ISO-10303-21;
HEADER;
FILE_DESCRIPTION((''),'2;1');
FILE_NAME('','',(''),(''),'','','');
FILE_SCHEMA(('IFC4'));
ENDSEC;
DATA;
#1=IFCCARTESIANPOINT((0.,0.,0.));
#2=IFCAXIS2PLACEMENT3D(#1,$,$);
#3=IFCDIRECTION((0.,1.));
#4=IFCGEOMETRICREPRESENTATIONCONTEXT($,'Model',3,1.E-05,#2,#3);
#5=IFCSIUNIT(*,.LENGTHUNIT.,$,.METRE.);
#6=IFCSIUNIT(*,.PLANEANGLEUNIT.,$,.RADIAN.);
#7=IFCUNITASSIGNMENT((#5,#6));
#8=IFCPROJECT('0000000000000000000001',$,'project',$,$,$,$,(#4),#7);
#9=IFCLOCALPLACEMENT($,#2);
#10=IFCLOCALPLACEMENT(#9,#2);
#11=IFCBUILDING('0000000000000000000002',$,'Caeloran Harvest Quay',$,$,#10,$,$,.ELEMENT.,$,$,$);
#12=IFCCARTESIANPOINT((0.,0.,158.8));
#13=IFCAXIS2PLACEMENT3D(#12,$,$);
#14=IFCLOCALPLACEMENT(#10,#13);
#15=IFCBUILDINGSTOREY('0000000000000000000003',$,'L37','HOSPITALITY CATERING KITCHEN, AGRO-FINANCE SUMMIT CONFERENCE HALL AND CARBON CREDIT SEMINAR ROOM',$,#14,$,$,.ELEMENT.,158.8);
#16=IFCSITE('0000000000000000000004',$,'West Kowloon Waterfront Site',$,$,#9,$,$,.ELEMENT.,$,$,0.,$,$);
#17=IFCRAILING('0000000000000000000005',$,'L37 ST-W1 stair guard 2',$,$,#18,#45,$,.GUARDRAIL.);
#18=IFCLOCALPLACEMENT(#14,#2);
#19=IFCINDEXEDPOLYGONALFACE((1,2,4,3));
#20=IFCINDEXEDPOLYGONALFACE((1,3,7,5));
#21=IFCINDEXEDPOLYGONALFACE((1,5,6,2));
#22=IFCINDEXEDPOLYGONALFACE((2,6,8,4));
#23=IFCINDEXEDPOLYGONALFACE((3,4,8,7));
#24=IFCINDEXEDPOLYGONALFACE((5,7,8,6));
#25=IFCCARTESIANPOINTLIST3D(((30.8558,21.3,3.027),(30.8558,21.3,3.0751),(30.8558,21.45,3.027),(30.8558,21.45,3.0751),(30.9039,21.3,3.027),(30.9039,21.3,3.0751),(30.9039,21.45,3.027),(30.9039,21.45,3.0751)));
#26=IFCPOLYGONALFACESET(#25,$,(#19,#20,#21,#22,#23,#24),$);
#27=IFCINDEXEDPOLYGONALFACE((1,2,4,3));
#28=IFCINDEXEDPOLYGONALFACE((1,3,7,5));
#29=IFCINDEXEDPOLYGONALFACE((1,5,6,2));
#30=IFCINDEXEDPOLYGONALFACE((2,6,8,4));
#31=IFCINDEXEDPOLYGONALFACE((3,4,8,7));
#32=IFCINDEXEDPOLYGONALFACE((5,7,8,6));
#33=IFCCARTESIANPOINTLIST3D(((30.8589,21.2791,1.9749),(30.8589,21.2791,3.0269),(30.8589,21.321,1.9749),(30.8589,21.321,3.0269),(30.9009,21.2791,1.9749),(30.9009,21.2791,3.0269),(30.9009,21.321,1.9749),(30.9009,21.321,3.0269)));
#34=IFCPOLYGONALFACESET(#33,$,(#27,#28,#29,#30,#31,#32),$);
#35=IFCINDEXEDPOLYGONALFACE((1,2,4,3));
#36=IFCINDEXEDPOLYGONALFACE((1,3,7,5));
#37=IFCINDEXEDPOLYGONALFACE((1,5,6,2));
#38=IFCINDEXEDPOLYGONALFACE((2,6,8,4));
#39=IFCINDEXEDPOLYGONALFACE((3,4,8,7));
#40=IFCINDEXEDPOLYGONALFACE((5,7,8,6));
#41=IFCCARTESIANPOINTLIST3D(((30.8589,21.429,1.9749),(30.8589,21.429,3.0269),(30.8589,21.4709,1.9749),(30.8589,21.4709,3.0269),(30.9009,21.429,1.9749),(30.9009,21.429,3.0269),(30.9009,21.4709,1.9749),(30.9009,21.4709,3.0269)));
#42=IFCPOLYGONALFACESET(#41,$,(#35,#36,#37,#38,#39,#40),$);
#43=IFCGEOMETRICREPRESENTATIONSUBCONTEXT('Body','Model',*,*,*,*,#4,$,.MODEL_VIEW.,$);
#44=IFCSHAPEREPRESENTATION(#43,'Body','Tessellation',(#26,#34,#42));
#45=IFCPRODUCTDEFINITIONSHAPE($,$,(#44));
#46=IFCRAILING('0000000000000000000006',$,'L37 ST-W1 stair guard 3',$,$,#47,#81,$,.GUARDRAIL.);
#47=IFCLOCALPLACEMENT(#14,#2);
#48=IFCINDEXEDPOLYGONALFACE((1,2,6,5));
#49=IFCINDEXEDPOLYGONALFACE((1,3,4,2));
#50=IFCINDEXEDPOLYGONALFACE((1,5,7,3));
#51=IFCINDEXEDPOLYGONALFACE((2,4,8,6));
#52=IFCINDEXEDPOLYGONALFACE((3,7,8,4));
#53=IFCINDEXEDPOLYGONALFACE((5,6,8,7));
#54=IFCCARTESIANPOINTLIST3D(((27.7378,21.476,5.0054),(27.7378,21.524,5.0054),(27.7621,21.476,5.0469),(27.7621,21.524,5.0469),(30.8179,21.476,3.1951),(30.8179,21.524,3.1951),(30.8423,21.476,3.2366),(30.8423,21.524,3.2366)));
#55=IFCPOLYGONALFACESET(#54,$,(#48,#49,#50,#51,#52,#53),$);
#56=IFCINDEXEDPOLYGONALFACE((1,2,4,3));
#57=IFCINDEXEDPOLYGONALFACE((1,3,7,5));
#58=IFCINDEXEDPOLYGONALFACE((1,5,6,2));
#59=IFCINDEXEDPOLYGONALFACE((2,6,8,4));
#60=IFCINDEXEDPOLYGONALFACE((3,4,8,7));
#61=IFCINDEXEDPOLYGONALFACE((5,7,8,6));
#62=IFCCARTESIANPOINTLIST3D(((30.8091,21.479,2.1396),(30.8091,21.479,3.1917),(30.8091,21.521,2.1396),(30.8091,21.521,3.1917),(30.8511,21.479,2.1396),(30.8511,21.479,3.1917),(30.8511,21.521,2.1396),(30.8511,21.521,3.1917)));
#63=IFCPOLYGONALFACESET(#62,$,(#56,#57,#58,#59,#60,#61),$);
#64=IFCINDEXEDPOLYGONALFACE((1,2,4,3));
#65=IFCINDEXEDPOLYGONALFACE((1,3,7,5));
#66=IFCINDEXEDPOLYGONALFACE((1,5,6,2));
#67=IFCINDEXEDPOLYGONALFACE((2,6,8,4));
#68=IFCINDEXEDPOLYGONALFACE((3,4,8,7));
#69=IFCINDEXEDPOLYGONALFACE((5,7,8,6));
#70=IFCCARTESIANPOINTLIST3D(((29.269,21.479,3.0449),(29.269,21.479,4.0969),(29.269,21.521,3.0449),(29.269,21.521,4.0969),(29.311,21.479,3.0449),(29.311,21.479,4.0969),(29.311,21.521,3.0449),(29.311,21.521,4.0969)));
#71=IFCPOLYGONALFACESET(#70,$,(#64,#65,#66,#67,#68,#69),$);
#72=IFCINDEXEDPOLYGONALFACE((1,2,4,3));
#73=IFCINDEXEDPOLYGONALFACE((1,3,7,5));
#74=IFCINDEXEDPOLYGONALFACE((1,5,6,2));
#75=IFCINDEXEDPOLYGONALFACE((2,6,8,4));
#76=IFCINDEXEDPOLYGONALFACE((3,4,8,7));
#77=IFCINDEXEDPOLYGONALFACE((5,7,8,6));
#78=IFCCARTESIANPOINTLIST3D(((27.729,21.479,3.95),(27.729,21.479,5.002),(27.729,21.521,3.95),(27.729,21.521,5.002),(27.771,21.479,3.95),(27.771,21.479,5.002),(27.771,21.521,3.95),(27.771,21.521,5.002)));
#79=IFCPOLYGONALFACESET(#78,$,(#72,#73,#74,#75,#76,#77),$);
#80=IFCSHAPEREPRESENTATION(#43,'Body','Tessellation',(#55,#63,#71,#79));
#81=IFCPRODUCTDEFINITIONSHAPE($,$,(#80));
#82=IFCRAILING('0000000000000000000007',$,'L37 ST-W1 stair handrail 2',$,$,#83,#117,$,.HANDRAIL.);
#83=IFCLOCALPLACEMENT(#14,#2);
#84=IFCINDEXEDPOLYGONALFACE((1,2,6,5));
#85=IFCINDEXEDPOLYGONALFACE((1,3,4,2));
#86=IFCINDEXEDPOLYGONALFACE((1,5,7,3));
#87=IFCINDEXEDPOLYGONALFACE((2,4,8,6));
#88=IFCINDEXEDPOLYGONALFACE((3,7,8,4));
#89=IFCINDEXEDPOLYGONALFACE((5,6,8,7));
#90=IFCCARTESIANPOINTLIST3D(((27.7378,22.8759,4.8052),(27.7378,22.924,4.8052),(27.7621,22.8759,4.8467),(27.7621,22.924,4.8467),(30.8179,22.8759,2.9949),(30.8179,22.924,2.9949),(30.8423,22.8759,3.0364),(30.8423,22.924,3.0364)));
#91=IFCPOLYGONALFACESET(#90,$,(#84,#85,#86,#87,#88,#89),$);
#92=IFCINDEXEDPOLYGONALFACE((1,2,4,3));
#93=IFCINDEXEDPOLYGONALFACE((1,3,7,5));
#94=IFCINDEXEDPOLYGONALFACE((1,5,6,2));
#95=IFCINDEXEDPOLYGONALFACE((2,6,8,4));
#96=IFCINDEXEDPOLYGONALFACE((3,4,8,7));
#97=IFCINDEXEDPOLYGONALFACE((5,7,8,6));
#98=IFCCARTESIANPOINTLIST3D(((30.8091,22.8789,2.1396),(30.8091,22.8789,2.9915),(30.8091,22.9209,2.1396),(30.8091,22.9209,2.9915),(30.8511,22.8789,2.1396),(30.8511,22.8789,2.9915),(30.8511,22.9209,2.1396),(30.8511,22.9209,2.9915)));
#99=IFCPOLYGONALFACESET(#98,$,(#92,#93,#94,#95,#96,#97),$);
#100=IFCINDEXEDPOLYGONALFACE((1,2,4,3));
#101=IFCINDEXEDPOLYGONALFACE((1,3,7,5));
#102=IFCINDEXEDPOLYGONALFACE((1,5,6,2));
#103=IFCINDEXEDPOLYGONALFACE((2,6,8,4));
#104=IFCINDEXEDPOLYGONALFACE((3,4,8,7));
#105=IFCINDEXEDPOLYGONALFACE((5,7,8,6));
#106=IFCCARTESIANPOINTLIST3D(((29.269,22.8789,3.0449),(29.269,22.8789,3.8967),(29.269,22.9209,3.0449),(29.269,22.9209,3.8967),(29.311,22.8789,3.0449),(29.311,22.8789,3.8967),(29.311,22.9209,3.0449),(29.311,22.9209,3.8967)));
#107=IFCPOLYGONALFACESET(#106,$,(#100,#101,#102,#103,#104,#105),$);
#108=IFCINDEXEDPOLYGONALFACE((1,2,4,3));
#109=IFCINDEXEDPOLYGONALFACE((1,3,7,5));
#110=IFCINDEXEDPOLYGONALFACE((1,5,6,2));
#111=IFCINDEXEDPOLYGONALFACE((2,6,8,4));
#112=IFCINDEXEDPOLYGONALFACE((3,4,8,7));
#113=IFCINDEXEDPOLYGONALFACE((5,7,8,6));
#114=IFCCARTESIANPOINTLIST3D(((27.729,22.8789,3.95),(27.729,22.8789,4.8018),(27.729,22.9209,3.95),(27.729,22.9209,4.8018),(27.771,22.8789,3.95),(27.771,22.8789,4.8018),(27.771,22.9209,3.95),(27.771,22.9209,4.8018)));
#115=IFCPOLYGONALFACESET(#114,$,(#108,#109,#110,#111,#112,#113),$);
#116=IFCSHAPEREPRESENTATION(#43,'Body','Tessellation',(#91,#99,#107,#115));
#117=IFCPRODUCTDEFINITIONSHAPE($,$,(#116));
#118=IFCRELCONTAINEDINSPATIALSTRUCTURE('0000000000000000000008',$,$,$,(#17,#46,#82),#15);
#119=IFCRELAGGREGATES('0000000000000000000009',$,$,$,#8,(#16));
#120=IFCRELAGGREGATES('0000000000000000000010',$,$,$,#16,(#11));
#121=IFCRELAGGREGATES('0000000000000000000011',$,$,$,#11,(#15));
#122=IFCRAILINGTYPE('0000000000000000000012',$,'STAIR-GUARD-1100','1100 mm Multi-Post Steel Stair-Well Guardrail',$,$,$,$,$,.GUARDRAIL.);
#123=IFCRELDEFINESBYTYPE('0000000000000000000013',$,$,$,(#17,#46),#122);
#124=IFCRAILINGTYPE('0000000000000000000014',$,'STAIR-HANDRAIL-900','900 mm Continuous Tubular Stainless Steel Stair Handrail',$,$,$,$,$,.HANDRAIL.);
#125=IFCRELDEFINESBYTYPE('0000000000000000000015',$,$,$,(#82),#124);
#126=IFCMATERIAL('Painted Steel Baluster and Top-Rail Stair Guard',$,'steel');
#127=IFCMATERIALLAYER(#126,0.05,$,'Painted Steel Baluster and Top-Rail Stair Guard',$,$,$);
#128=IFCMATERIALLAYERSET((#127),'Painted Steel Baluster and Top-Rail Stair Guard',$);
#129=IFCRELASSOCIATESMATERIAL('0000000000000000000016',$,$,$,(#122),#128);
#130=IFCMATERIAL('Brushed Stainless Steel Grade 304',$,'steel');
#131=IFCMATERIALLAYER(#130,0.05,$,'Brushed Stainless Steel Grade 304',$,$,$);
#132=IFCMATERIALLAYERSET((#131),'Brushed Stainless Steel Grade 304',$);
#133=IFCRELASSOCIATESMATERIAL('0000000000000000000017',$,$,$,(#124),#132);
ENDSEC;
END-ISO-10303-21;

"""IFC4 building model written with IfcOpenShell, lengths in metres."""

from ifc_helpers import new_model, si_unit, direction, frame, origin, origin_2d, place, context, subcontext, project, spatial, rectangle, extrude, material, layer, layer_set, type_object, element, save


model = new_model("IFC4")

# Units and contexts
model_context = context("Model", 3, precision=1e-05, world=origin(), true_north=direction((0.0, 1.0)))
body_context = subcontext(model_context, "Body", "Model", "MODEL_VIEW")
ifc_project = project(units=[si_unit("LENGTHUNIT", "METRE"), si_unit("PLANEANGLEUNIT", "RADIAN")], contexts=[model_context])

# Site, building, storey
site_placement = place(None, origin())
site = spatial("IfcSite", under=ifc_project, at=site_placement, Name="West Kowloon Waterfront Site", CompositionType="ELEMENT", RefElevation=0.0)
building_placement = place(site_placement, origin())
building = spatial("IfcBuilding", under=site, at=building_placement, Name="Caeloran Harvest Quay", CompositionType="ELEMENT")
storey_placement = place(building_placement, frame((0.0, 0.0, 158.8)))
storey = spatial("IfcBuildingStorey", under=building, at=storey_placement, Name="L37", Description="HOSPITALITY CATERING KITCHEN, AGRO-FINANCE SUMMIT CONFERENCE HALL AND CARBON CREDIT SEMINAR ROOM", CompositionType="ELEMENT", Elevation=158.8)

# Railings
ifc_material_1 = material(Name="Painted Steel Baluster and Top-Rail Stair Guard", Category="steel")
ifc_layer_1 = layer(ifc_material_1, 0.05, Name="Painted Steel Baluster and Top-Rail Stair Guard")
ifc_layer_set_1 = layer_set([ifc_layer_1], Name="Painted Steel Baluster and Top-Rail Stair Guard")
railing_type_1 = type_object("IfcRailingType", Name="STAIR-GUARD-1100", Description="1100 mm Multi-Post Steel Stair-Well Guardrail", PredefinedType="GUARDRAIL", material=ifc_layer_set_1)
railing_1_placement = place(storey_placement, frame((30.8799, 21.3, 1.9749)))
element("IfcRailing", 1, at=railing_1_placement, inside=storey, type_object=railing_type_1, Name="L37 ST-W1 stair guard 2", PredefinedType="GUARDRAIL", context=body_context, shape_type="SweptSolid", body=[
    extrude(rectangle(XDim=0.0481, YDim=0.0481, at=origin_2d()), frame((0.0, 0.0, 1.0762), z_axis=(0.0, 1.0, 0.0), x_axis=(-1.0, 0.0, 0.0)), (0.0, 0.0, 1.0), 0.1499),
    extrude(rectangle(XDim=0.042, YDim=0.042, at=origin_2d()), origin(), (0.0, 0.0, 1.0), 1.052),
    extrude(rectangle(XDim=0.042, YDim=0.042, at=origin_2d()), frame((0.0, 0.1499, 0.0)), (0.0, 0.0, 1.0), 1.052),
])
railing_2_placement = place(storey_placement, frame((30.8301, 21.5, 2.1396)))
element("IfcRailing", 2, at=railing_2_placement, inside=storey, type_object=railing_type_1, Name="L37 ST-W1 stair guard 3", PredefinedType="GUARDRAIL", context=body_context, shape_type="SweptSolid", body=[
    extrude(rectangle(XDim=0.0481, YDim=0.0481, at=origin_2d()), frame((0.0, 0.0, 1.0762), z_axis=(-0.862119, 0.0, 0.506707), x_axis=(0.0, -1.0, 0.0)), (0.0, 0.0, 1.0), 3.5728),
    extrude(rectangle(XDim=0.042, YDim=0.042, at=origin_2d()), origin(), (0.0, 0.0, 1.0), 1.052),
    extrude(rectangle(XDim=0.042, YDim=0.042, at=origin_2d()), frame((-1.54, 0.0, 0.9053)), (0.0, 0.0, 1.0), 1.052),
    extrude(rectangle(XDim=0.042, YDim=0.042, at=origin_2d()), frame((-3.0801, 0.0, 1.8103)), (0.0, 0.0, 1.0), 1.052),
])
ifc_material_2 = material(Name="Brushed Stainless Steel Grade 304", Category="steel")
ifc_layer_2 = layer(ifc_material_2, 0.05, Name="Brushed Stainless Steel Grade 304")
ifc_layer_set_2 = layer_set([ifc_layer_2], Name="Brushed Stainless Steel Grade 304")
railing_type_2 = type_object("IfcRailingType", Name="STAIR-HANDRAIL-900", Description="900 mm Continuous Tubular Stainless Steel Stair Handrail", PredefinedType="HANDRAIL", material=ifc_layer_set_2)
railing_3_placement = place(storey_placement, frame((30.8301, 22.8999, 2.1396)))
element("IfcRailing", 3, at=railing_3_placement, inside=storey, type_object=railing_type_2, Name="L37 ST-W1 stair handrail 2", PredefinedType="HANDRAIL", context=body_context, shape_type="SweptSolid", body=[
    extrude(rectangle(XDim=0.0481, YDim=0.0481, at=origin_2d()), frame((0.0, 0.0, 0.876), z_axis=(-0.862119, 0.0, 0.506707), x_axis=(0.0, -1.0, 0.0)), (0.0, 0.0, 1.0), 3.5728),
    extrude(rectangle(XDim=0.042, YDim=0.042, at=origin_2d()), origin(), (0.0, 0.0, 1.0), 0.8518),
    extrude(rectangle(XDim=0.042, YDim=0.042, at=origin_2d()), frame((-1.54, 0.0, 0.9053)), (0.0, 0.0, 1.0), 0.8518),
    extrude(rectangle(XDim=0.042, YDim=0.042, at=origin_2d()), frame((-3.0801, 0.0, 1.8103)), (0.0, 0.0, 1.0), 0.8518),
])

save(model, "model.ifc")
